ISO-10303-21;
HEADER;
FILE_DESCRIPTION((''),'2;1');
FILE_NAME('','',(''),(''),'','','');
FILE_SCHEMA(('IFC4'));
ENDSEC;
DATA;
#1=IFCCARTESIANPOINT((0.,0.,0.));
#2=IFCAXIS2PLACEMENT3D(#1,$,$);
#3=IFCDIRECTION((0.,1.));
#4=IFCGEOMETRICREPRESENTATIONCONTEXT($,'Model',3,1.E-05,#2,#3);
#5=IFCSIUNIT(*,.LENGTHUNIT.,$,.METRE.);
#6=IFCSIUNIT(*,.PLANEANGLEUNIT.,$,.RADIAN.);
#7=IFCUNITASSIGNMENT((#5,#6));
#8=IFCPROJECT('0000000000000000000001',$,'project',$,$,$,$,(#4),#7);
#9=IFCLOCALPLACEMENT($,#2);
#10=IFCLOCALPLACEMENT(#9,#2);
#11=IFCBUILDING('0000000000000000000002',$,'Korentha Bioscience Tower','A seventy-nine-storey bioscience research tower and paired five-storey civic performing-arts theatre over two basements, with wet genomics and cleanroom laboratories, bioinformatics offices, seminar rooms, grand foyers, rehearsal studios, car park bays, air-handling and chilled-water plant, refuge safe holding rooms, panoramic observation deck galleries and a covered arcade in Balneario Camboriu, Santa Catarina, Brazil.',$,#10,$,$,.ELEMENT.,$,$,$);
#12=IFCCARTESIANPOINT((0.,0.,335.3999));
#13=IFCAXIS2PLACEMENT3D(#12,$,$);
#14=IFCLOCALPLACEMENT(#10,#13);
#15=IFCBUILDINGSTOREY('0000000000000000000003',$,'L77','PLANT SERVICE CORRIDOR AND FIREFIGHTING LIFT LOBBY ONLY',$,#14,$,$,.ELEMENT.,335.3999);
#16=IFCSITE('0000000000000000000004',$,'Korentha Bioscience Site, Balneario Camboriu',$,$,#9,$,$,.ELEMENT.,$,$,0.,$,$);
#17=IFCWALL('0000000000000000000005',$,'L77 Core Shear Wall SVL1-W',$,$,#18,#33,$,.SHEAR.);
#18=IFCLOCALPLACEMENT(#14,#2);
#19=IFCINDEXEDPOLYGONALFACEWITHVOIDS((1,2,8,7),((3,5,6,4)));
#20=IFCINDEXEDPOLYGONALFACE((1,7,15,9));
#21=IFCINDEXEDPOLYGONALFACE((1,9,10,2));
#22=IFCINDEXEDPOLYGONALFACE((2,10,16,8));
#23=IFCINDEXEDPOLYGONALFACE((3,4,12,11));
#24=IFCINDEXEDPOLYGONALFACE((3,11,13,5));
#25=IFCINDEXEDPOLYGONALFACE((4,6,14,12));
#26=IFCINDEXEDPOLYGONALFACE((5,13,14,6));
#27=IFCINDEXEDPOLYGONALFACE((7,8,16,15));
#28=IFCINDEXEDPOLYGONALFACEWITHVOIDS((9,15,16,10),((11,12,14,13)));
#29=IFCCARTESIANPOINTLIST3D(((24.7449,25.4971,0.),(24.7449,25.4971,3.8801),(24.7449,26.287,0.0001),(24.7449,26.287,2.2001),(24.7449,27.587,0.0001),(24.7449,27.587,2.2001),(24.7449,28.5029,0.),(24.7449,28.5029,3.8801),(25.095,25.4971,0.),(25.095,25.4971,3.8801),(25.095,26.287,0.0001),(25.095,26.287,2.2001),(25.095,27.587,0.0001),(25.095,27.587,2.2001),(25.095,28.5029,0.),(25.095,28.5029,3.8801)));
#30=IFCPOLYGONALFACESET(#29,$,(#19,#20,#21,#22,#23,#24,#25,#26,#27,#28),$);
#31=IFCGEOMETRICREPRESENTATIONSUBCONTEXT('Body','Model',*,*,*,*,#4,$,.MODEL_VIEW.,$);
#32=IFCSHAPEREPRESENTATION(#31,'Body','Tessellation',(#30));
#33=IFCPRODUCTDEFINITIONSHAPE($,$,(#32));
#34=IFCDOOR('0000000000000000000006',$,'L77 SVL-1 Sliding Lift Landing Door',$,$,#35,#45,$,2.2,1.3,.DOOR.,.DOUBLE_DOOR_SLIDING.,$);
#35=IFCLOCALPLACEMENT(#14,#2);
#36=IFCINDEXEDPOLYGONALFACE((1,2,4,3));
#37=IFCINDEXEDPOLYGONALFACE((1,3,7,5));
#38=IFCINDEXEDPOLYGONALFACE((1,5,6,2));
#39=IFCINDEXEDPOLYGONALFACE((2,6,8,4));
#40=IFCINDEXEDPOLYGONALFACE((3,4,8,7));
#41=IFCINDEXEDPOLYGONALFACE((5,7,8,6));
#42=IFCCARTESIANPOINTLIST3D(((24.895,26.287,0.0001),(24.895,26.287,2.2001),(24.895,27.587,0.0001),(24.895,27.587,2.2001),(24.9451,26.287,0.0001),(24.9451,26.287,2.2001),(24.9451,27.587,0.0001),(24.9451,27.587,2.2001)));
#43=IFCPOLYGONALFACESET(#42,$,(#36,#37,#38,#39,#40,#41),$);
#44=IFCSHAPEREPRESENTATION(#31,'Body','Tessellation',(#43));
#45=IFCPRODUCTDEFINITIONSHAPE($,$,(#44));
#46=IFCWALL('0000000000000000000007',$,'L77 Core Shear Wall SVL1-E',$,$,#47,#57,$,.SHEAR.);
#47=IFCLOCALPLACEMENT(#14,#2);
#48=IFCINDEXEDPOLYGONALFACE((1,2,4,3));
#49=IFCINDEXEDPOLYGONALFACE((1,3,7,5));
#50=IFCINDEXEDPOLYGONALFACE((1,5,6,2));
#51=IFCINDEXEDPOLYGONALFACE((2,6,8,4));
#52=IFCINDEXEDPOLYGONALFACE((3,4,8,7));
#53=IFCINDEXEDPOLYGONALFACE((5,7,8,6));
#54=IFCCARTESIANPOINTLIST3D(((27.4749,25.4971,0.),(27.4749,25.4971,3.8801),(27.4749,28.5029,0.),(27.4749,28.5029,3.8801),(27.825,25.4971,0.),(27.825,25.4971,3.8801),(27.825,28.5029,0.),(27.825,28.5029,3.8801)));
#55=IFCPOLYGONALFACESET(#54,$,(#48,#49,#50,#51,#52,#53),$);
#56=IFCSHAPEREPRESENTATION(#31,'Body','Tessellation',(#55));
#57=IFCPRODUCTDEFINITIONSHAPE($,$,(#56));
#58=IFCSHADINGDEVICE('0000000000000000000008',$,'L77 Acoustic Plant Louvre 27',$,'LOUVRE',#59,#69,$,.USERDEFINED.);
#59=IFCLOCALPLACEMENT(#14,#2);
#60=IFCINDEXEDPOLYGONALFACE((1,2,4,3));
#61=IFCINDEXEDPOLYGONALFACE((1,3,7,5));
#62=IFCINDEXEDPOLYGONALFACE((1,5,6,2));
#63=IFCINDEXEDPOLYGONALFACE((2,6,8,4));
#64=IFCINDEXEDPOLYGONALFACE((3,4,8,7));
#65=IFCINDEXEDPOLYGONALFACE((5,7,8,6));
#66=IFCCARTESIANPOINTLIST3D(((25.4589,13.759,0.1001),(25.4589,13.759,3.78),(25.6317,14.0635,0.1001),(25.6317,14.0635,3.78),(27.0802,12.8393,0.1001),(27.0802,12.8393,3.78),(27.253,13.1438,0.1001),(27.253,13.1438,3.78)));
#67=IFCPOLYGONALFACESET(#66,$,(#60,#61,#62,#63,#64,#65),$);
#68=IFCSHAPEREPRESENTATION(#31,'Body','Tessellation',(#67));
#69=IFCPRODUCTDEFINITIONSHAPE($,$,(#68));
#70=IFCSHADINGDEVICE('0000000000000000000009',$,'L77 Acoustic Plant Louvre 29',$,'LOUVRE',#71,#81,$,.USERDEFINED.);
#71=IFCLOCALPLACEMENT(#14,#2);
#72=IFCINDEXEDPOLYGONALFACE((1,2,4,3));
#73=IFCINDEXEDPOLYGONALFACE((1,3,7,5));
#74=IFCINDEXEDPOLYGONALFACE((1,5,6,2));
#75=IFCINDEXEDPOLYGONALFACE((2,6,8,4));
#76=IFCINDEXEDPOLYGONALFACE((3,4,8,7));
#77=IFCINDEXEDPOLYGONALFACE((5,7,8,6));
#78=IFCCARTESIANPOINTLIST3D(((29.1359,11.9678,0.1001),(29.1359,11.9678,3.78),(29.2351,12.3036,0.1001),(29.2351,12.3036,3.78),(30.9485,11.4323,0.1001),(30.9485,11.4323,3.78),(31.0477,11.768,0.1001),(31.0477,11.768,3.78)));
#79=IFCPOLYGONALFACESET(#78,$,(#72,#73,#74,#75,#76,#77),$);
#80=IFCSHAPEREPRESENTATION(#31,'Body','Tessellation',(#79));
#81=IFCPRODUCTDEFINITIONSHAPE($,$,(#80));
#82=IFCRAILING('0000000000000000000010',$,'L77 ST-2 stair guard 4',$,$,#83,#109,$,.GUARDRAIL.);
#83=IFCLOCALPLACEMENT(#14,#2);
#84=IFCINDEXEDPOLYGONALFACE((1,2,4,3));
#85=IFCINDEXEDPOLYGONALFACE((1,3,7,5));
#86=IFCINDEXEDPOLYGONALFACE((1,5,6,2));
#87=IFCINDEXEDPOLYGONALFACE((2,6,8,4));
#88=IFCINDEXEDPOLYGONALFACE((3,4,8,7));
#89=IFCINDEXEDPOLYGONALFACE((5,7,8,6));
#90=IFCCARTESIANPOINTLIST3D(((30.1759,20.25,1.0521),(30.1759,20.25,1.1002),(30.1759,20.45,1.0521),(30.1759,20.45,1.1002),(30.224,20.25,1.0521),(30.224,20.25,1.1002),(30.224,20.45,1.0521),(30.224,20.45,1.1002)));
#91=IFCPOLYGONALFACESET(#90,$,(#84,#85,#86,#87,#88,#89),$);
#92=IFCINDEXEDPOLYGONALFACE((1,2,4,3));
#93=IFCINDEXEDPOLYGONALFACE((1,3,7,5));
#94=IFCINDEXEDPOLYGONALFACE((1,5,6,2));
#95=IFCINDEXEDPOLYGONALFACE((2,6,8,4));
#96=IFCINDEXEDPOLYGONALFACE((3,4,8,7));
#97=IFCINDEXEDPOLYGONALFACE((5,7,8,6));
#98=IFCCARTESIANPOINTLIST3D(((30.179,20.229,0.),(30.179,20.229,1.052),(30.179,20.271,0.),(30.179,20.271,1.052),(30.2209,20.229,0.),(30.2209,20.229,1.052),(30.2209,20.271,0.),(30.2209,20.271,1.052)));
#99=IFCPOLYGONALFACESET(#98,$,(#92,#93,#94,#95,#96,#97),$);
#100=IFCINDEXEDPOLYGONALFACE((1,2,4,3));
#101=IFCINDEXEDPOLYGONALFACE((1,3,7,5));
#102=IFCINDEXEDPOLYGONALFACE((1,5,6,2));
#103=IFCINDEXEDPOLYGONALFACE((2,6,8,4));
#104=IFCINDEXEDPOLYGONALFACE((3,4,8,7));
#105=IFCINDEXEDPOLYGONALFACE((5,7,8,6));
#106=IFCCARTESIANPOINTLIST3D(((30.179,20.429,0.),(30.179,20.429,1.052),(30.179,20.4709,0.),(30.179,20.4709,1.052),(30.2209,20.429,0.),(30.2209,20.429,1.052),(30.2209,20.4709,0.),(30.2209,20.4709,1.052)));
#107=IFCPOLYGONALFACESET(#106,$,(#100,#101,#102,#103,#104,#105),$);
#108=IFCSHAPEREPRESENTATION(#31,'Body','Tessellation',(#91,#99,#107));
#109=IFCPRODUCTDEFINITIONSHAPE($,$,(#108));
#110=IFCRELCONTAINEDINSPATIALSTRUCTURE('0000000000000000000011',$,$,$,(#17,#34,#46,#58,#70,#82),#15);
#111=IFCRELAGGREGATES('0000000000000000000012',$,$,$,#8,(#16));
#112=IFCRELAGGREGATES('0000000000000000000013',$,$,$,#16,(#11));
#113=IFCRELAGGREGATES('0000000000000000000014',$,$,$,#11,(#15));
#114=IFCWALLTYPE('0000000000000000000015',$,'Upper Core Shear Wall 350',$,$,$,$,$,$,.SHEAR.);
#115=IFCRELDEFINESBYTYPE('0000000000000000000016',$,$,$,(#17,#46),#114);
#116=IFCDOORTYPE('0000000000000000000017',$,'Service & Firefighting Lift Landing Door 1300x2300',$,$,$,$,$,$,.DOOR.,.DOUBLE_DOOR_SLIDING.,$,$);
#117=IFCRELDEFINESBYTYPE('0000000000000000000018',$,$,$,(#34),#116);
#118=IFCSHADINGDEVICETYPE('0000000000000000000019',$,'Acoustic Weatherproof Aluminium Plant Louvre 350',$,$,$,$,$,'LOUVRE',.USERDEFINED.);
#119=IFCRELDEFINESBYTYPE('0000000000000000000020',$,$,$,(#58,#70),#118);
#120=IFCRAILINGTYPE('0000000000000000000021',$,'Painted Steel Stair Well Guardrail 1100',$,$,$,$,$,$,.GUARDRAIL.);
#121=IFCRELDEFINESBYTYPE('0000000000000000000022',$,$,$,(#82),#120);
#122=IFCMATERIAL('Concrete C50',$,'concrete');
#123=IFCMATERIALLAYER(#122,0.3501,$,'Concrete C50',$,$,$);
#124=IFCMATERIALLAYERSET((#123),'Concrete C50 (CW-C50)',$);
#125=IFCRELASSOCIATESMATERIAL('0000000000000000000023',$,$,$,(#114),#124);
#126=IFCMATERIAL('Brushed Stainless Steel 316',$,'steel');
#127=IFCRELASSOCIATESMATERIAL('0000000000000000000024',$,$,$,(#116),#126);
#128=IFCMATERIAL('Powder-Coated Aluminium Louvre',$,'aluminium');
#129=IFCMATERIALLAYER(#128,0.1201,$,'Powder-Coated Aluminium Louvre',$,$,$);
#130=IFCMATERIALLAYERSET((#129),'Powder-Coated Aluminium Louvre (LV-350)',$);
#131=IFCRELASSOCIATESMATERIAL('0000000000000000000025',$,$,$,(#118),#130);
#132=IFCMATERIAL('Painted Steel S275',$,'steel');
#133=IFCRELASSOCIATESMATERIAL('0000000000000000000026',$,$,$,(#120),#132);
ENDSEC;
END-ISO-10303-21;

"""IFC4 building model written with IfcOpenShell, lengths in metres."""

from ifc_helpers import new_model, si_unit, direction, frame, frame_2d, origin, origin_2d, place, context, subcontext, project, spatial, rectangle, extrude, material, layer, layer_set, type_object, element, fill, save


model = new_model("IFC4")

# Units and contexts
model_context = context("Model", 3, precision=1e-05, world=origin(), true_north=direction((0.0, 1.0)))
body_context = subcontext(model_context, "Body", "Model", "MODEL_VIEW")
ifc_project = project(units=[si_unit("LENGTHUNIT", "METRE"), si_unit("PLANEANGLEUNIT", "RADIAN")], contexts=[model_context])

# Site, building, storey
site_placement = place(None, origin())
site = spatial("IfcSite", under=ifc_project, at=site_placement, Name="Korentha Bioscience Site, Balneario Camboriu", CompositionType="ELEMENT", RefElevation=0.0)
building_placement = place(site_placement, origin())
building = spatial("IfcBuilding", under=site, at=building_placement, Name="Korentha Bioscience Tower", Description="A seventy-nine-storey bioscience research tower and paired five-storey civic performing-arts theatre over two basements, with wet genomics and cleanroom laboratories, bioinformatics offices, seminar rooms, grand foyers, rehearsal studios, car park bays, air-handling and chilled-water plant, refuge safe holding rooms, panoramic observation deck galleries and a covered arcade in Balneario Camboriu, Santa Catarina, Brazil.", CompositionType="ELEMENT")
storey_placement = place(building_placement, frame((0.0, 0.0, 335.3999)))
storey = spatial("IfcBuildingStorey", under=building, at=storey_placement, Name="L77", Description="PLANT SERVICE CORRIDOR AND FIREFIGHTING LIFT LOBBY ONLY", CompositionType="ELEMENT", Elevation=335.3999)

# Shared definitions
ifc_material_1 = material(Name="Concrete C50", Category="concrete")

# Shared definitions
ifc_layer_1 = layer(ifc_material_1, 0.3501, Name="Concrete C50")
ifc_layer_set_1 = layer_set([ifc_layer_1], Name="Concrete C50 (CW-C50)")
wall_type_1 = type_object("IfcWallType", Name="Upper Core Shear Wall 350", PredefinedType="SHEAR", material=ifc_layer_set_1)

# Shared definitions
ifc_material_2 = material(Name="Brushed Stainless Steel 316", Category="steel")
door_type_1 = type_object("IfcDoorType", Name="Service & Firefighting Lift Landing Door 1300x2300", OperationType="DOUBLE_DOOR_SLIDING", PredefinedType="DOOR", material=ifc_material_2)

# Wall, opening, door
wall_1_placement = place(storey_placement, frame((24.9199, 25.4971, 0.0), z_axis=(0.0, 0.0, 1.0), x_axis=(0.0, 1.0, 0.0)))
wall_1 = element("IfcWall", 1, at=wall_1_placement, inside=storey, type_object=wall_type_1, Name="L77 Core Shear Wall SVL1-W", PredefinedType="SHEAR", context=body_context, shape_type="SweptSolid", body=[
    extrude(rectangle(XDim=3.0059, YDim=0.3501, at=frame_2d((1.5029, 0.0))), origin(), (0.0, 0.0, 1.0), 3.8801),
])
opening_1_placement = place(wall_1_placement, frame((0.79, 0.0, 0.0)))
opening_1 = element("IfcOpeningElement", 2, at=opening_1_placement, cuts=wall_1, PredefinedType="OPENING", context=body_context, shape_type="SweptSolid", body=[
    extrude(rectangle(XDim=1.3, YDim=2.2, at=frame_2d((0.6499, 1.1001))), frame((0.0, 0.1899, 0.0), z_axis=(0.0, -1.0, 0.0), x_axis=(1.0, 0.0, 0.0)), (0.0, 0.0, 1.0), 0.3799),
])
door_1_placement = place(opening_1_placement, origin())
door_1 = element("IfcDoor", 3, at=door_1_placement, inside=storey, type_object=door_type_1, Name="L77 SVL-1 Sliding Lift Landing Door", OperationType="DOUBLE_DOOR_SLIDING", OverallHeight=2.2, OverallWidth=1.3, PredefinedType="DOOR", context=body_context, shape_type="SweptSolid", body=[
    extrude(rectangle(XDim=1.3, YDim=2.2, at=frame_2d((0.6499, 1.1001))), frame((0.0, 0.0249, 0.0), z_axis=(0.0, -1.0, 0.0), x_axis=(1.0, 0.0, 0.0)), (0.0, 0.0, 1.0), 0.05),
])
fill(opening_1, door_1)

# Wall
wall_2_placement = place(storey_placement, frame((27.6499, 25.4971, 0.0), z_axis=(0.0, 0.0, 1.0), x_axis=(0.0, 1.0, 0.0)))
element("IfcWall", 4, at=wall_2_placement, inside=storey, type_object=wall_type_1, Name="L77 Core Shear Wall SVL1-E", PredefinedType="SHEAR", context=body_context, shape_type="SweptSolid", body=[
    extrude(rectangle(XDim=3.0059, YDim=0.3501, at=frame_2d((1.5029, 0.0))), origin(), (0.0, 0.0, 1.0), 3.8801),
])

# Shading devices
ifc_material_3 = material(Name="Powder-Coated Aluminium Louvre", Category="aluminium")
ifc_layer_2 = layer(ifc_material_3, 0.1201, Name="Powder-Coated Aluminium Louvre")
ifc_layer_set_2 = layer_set([ifc_layer_2], Name="Powder-Coated Aluminium Louvre (LV-350)")
shading_device_type = type_object("IfcShadingDeviceType", Name="Acoustic Weatherproof Aluminium Plant Louvre 350", ElementType="LOUVRE", PredefinedType="USERDEFINED", material=ifc_layer_set_2)
shading_device_1_placement = place(storey_placement, frame((26.356, 13.4514, 0.1001), z_axis=(0.0, 0.0, 1.0), x_axis=(0.869802, -0.493401, 0.0)))
element("IfcShadingDevice", 5, at=shading_device_1_placement, inside=storey, type_object=shading_device_type, Name="L77 Acoustic Plant Louvre 27", ObjectType="LOUVRE", PredefinedType="USERDEFINED", context=body_context, shape_type="SweptSolid", body=[
    extrude(rectangle(XDim=1.864, YDim=0.3501, at=origin_2d()), origin(), (0.0, 0.0, 1.0), 3.6799),
])
shading_device_2_placement = place(storey_placement, frame((30.0918, 11.8679, 0.1001), z_axis=(0.0, 0.0, 1.0), x_axis=(0.959017, -0.283349, 0.0)))
element("IfcShadingDevice", 6, at=shading_device_2_placement, inside=storey, type_object=shading_device_type, Name="L77 Acoustic Plant Louvre 29", ObjectType="LOUVRE", PredefinedType="USERDEFINED", context=body_context, shape_type="SweptSolid", body=[
    extrude(rectangle(XDim=1.8901, YDim=0.3501, at=origin_2d()), origin(), (0.0, 0.0, 1.0), 3.6799),
])

# Railing
ifc_material_4 = material(Name="Painted Steel S275", Category="steel")
railing_type = type_object("IfcRailingType", Name="Painted Steel Stair Well Guardrail 1100", PredefinedType="GUARDRAIL", material=ifc_material_4)
railing_placement = place(storey_placement, frame((30.2, 20.25, 0.0)))
element("IfcRailing", 7, at=railing_placement, inside=storey, type_object=railing_type, Name="L77 ST-2 stair guard 4", PredefinedType="GUARDRAIL", context=body_context, shape_type="SweptSolid", body=[
    extrude(rectangle(XDim=0.0481, YDim=0.0481, at=origin_2d()), frame((0.0, 0.0, 1.0762), z_axis=(0.0, 1.0, 0.0), x_axis=(-1.0, 0.0, 0.0)), (0.0, 0.0, 1.0), 0.2),
    extrude(rectangle(XDim=0.042, YDim=0.042, at=origin_2d()), origin(), (0.0, 0.0, 1.0), 1.052),
    extrude(rectangle(XDim=0.042, YDim=0.042, at=origin_2d()), frame((0.0, 0.2, 0.0)), (0.0, 0.0, 1.0), 1.052),
])

save(model, "model.ifc")
